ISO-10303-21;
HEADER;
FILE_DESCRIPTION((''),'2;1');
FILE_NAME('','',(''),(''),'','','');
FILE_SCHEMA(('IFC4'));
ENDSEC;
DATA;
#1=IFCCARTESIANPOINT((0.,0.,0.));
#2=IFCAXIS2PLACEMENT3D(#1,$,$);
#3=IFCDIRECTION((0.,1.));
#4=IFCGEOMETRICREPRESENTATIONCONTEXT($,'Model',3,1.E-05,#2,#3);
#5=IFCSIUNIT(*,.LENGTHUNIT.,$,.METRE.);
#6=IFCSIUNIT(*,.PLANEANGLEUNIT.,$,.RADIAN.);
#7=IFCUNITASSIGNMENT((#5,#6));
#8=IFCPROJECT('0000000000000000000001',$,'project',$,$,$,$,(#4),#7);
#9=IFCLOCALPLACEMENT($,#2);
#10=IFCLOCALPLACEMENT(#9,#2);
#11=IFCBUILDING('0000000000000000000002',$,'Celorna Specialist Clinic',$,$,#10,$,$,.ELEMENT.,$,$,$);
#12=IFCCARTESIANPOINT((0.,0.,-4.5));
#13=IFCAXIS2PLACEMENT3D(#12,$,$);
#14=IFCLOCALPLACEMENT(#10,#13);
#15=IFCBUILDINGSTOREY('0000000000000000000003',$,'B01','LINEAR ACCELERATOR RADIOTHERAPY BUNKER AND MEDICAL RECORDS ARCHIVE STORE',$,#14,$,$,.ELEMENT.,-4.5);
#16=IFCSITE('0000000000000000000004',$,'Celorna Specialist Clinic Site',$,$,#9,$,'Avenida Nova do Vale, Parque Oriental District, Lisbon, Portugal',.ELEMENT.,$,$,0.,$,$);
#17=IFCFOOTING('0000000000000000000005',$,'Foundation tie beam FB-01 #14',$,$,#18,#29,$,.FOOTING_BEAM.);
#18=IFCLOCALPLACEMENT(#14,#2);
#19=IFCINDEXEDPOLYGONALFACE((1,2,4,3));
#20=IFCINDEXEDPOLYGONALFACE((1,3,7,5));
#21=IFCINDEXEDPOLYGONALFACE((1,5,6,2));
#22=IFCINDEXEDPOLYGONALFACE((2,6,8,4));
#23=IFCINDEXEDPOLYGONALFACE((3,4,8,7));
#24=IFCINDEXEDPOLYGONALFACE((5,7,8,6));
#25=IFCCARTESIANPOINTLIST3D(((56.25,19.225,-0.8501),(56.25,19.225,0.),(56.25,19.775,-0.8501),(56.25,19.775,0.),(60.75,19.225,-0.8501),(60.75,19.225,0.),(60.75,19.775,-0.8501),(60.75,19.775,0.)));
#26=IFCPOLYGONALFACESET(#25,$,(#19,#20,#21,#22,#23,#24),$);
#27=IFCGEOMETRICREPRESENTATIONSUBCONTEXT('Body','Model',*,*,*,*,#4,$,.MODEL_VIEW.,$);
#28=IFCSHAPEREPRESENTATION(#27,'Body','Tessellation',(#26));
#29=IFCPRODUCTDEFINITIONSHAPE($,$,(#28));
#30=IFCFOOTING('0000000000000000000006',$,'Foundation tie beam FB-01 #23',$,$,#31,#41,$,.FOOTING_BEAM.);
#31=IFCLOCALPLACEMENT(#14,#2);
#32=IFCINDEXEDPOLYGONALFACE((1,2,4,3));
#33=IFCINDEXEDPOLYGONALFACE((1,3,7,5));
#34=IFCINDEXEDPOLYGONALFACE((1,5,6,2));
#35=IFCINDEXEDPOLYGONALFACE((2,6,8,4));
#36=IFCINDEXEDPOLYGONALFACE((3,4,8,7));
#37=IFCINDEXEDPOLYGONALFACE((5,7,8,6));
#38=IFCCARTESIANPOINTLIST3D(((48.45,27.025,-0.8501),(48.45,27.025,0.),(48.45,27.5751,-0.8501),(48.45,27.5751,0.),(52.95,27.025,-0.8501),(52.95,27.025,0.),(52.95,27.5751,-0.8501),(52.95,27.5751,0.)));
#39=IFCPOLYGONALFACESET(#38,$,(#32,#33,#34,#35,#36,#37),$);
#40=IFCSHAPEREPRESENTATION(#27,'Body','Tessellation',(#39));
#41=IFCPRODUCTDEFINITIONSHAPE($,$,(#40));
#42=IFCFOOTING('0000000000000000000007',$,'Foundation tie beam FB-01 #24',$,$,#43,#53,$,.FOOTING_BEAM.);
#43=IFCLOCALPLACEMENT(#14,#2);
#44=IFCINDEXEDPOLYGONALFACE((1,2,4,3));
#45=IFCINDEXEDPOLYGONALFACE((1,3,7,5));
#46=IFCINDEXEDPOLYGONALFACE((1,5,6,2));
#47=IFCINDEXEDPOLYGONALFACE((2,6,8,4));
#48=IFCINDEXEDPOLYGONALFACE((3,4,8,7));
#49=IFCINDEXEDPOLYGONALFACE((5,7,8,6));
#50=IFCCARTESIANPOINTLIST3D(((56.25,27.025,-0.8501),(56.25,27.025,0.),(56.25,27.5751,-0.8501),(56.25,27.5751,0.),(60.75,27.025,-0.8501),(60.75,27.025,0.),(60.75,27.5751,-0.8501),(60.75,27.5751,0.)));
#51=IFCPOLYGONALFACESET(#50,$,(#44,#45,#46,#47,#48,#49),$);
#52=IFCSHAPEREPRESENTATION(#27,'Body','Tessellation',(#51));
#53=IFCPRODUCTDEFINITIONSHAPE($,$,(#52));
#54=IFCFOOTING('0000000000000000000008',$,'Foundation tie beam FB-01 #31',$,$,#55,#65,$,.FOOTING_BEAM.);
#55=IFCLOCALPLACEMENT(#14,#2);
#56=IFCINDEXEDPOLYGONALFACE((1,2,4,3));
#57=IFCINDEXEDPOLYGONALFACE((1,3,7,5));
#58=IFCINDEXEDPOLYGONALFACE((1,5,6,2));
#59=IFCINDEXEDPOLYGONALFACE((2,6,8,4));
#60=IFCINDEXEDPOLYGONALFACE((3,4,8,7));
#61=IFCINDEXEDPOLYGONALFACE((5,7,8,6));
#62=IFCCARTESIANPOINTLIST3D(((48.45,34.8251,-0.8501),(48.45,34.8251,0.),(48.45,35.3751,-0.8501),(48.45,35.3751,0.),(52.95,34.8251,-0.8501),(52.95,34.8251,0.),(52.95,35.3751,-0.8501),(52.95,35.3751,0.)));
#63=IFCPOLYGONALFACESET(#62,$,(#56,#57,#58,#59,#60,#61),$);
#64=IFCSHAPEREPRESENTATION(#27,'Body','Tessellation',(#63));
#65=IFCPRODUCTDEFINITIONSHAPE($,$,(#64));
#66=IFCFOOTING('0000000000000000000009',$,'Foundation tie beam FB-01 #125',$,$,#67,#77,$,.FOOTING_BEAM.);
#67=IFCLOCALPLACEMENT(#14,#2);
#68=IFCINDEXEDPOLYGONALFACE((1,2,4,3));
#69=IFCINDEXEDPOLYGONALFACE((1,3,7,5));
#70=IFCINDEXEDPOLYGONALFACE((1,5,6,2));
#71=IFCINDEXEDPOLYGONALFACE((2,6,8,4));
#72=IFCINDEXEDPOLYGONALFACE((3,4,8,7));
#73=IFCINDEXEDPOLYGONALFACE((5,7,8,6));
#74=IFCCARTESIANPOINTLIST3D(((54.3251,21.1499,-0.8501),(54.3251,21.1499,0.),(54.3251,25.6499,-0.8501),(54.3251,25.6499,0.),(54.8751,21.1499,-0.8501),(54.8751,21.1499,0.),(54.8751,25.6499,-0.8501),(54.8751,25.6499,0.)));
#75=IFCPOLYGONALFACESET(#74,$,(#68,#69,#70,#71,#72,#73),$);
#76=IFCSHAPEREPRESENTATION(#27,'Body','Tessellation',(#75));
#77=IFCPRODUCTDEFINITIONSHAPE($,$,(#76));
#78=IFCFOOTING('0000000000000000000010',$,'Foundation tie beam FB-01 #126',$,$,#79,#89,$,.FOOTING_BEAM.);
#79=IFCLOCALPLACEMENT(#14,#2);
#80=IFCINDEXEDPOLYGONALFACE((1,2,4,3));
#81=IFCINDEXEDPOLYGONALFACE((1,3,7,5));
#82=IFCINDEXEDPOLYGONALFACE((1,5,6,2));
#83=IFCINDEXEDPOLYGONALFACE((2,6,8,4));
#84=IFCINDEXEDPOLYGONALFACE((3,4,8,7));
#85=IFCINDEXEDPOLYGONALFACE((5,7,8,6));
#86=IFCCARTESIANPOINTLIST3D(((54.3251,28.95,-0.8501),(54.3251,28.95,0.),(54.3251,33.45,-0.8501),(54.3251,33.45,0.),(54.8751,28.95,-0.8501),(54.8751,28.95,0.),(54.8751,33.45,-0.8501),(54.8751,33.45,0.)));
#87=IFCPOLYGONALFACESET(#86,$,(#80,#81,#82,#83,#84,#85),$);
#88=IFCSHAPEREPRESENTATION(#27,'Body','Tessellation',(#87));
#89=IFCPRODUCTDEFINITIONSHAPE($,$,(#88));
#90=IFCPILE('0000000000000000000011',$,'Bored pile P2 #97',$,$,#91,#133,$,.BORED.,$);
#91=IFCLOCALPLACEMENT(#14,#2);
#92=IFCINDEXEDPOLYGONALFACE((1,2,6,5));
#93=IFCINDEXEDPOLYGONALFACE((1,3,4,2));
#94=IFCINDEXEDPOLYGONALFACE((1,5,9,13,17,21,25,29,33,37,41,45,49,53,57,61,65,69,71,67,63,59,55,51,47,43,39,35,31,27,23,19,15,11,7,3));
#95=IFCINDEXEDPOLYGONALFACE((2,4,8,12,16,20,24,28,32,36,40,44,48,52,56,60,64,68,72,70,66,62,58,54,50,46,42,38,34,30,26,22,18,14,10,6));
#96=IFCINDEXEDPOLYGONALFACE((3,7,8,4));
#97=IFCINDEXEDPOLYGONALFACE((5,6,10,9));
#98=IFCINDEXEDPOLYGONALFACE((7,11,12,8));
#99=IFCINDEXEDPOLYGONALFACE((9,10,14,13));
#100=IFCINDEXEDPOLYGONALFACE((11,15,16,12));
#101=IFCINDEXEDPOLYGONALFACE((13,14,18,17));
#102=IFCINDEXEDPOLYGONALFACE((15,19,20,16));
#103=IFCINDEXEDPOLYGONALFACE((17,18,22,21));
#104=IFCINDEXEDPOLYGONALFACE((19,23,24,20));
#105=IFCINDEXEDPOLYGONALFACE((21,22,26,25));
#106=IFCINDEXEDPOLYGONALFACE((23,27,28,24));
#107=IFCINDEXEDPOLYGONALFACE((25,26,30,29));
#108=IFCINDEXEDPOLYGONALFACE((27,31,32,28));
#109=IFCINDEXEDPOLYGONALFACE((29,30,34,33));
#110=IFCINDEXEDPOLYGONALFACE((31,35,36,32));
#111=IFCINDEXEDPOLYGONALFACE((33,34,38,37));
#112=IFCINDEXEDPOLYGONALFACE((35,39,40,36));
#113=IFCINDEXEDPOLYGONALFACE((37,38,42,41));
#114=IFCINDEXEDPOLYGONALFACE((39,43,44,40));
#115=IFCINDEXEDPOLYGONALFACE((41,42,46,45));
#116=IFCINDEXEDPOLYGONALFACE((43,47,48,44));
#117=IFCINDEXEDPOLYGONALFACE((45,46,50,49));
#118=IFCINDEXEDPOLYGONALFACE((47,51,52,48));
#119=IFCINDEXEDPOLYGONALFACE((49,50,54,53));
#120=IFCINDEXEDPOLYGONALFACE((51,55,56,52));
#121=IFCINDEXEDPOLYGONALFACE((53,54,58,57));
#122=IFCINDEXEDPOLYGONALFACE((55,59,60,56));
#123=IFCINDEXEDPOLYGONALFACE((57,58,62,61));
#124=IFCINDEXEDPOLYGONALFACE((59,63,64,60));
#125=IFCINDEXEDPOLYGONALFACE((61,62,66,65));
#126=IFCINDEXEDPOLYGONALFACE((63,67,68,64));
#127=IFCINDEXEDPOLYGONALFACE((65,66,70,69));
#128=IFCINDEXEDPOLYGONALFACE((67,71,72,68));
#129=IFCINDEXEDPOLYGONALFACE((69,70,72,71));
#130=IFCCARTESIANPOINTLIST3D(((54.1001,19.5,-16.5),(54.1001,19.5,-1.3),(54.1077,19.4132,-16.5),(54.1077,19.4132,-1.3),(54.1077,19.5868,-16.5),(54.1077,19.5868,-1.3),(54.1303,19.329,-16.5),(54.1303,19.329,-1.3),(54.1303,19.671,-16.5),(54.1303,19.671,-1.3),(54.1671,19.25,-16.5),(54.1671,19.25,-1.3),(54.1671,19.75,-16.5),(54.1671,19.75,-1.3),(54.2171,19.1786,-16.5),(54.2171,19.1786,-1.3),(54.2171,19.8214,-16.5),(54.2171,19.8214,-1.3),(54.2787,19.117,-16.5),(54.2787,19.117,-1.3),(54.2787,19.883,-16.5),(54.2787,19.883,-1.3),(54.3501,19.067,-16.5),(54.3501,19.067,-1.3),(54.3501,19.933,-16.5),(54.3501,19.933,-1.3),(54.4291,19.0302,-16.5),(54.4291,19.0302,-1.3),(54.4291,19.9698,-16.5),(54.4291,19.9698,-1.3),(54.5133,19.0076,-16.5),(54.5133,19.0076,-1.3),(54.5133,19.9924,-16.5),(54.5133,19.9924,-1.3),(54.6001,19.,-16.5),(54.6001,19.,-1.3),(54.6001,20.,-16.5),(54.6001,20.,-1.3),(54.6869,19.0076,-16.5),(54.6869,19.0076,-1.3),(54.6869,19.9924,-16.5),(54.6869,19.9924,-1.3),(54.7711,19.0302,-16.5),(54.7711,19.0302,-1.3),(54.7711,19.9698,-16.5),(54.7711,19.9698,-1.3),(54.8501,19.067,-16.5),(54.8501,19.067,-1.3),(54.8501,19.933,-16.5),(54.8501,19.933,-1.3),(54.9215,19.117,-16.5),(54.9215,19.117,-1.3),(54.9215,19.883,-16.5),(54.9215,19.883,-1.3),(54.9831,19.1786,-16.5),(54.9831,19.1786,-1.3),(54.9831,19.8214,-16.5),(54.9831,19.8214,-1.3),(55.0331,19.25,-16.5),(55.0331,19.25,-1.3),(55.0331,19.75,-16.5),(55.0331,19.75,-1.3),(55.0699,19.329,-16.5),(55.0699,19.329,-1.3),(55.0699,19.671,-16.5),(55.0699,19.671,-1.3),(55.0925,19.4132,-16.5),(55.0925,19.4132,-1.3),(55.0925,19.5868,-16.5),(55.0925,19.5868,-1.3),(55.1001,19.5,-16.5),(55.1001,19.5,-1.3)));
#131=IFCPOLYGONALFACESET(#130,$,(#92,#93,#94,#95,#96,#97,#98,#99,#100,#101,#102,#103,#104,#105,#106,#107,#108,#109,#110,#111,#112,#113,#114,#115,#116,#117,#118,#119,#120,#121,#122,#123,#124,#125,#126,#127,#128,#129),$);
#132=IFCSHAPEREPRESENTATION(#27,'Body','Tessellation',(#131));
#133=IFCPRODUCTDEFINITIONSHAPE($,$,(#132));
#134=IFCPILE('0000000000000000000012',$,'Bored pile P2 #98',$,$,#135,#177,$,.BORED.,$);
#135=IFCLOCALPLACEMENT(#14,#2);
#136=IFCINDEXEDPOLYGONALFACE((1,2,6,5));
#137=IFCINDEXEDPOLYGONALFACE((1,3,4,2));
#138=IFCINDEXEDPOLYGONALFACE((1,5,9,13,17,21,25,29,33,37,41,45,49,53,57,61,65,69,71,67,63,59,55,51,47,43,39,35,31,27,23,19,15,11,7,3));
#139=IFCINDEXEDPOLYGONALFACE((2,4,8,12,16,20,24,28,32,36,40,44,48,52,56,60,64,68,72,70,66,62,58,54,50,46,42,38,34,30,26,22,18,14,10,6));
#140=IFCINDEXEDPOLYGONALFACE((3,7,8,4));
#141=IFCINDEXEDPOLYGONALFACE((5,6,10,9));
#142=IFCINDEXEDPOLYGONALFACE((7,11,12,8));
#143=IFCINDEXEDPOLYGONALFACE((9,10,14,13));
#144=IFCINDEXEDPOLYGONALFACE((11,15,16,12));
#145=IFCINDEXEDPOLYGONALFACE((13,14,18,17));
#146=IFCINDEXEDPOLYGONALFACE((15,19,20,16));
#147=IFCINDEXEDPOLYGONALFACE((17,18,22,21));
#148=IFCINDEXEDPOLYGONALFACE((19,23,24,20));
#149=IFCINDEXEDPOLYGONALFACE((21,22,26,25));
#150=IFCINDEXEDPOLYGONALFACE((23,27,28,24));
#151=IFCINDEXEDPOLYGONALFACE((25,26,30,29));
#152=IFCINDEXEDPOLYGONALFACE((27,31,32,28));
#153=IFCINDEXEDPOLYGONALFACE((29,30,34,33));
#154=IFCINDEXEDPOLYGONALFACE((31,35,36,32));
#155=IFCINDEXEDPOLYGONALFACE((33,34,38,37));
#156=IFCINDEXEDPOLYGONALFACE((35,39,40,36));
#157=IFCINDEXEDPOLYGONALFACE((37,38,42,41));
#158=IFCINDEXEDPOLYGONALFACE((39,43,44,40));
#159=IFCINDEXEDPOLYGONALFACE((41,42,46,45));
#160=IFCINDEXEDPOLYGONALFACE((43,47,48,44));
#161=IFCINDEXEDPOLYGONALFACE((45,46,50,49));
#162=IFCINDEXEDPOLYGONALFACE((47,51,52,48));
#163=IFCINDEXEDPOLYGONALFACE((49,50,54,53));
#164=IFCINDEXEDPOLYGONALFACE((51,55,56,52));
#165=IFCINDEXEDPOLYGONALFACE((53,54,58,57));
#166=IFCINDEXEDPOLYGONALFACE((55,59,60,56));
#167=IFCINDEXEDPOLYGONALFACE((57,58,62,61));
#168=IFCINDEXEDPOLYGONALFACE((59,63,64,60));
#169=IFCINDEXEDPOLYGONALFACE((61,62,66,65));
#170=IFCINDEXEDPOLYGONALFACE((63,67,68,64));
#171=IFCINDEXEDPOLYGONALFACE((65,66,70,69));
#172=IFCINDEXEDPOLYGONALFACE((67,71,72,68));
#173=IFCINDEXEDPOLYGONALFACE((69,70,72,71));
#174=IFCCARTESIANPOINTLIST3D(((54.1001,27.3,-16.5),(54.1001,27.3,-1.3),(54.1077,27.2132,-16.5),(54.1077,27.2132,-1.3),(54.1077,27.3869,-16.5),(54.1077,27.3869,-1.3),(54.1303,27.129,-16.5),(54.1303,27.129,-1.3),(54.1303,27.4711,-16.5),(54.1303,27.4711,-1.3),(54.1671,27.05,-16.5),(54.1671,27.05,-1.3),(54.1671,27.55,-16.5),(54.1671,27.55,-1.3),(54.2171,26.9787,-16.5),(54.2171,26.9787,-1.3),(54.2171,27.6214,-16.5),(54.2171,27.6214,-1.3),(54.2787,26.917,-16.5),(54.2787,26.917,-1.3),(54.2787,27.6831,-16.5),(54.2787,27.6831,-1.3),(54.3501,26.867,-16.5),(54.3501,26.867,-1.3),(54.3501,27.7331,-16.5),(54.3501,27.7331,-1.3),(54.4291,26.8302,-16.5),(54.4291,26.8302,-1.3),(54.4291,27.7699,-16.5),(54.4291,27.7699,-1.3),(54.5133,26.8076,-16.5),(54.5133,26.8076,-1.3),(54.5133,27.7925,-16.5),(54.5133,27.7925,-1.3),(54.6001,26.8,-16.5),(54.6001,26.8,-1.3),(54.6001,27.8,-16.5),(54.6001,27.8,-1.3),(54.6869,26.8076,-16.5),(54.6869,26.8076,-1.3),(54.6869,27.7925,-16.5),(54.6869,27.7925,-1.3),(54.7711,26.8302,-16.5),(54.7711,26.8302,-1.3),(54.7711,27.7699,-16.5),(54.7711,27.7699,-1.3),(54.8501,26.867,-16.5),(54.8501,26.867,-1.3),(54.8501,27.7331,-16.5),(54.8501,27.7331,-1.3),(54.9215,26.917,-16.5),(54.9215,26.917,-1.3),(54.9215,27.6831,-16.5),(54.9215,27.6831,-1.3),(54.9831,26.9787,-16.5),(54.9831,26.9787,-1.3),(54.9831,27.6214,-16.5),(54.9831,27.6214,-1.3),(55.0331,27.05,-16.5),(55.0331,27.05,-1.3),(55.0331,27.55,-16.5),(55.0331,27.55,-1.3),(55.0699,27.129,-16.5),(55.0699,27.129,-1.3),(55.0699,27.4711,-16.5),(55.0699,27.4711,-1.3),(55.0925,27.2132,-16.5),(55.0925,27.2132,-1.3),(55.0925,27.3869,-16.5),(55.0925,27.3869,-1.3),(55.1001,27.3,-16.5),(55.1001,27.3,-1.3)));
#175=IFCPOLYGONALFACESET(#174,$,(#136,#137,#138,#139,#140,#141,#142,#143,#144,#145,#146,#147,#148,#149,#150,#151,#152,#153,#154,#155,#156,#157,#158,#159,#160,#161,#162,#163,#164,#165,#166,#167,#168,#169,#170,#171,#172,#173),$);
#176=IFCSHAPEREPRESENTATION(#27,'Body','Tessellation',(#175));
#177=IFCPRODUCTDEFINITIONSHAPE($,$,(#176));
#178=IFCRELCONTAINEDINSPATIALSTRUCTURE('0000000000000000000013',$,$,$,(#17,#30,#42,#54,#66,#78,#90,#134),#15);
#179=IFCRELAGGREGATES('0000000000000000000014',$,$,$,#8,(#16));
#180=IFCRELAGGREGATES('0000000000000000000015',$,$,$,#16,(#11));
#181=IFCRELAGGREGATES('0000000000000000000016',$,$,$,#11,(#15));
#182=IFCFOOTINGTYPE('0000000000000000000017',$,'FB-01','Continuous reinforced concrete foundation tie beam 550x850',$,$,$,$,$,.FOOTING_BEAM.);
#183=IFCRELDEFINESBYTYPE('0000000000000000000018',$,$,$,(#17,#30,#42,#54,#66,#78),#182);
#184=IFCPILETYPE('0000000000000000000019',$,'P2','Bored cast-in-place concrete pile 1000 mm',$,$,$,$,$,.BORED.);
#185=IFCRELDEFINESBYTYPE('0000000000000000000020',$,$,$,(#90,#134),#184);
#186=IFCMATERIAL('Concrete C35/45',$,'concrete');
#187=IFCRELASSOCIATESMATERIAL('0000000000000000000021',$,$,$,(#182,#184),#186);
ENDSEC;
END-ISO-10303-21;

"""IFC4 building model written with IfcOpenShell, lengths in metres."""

from ifc_helpers import new_model, si_unit, direction, frame, origin, origin_2d, place, context, subcontext, project, spatial, rectangle, circle, extrude, material, material_profile, profile_set, type_object, element, save


model = new_model("IFC4")

# Units and contexts
model_context = context("Model", 3, precision=1e-05, world=origin(), true_north=direction((0.0, 1.0)))
body_context = subcontext(model_context, "Body", "Model", "MODEL_VIEW")
ifc_project = project(units=[si_unit("LENGTHUNIT", "METRE"), si_unit("PLANEANGLEUNIT", "RADIAN")], contexts=[model_context])

# Site, building, storey
site_placement = place(None, origin())
site = spatial("IfcSite", under=ifc_project, at=site_placement, Name="Celorna Specialist Clinic Site", LongName="Avenida Nova do Vale, Parque Oriental District, Lisbon, Portugal", CompositionType="ELEMENT", RefElevation=0.0)
building_placement = place(site_placement, origin())
building = spatial("IfcBuilding", under=site, at=building_placement, Name="Celorna Specialist Clinic", CompositionType="ELEMENT")
storey_placement = place(building_placement, frame((0.0, 0.0, -4.5)))
storey = spatial("IfcBuildingStorey", under=building, at=storey_placement, Name="B01", Description="LINEAR ACCELERATOR RADIOTHERAPY BUNKER AND MEDICAL RECORDS ARCHIVE STORE", CompositionType="ELEMENT", Elevation=-4.5)

# Footings
ifc_material_1 = material(Name="Concrete C35/45", Category="concrete")
footing_type_1 = type_object("IfcFootingType", Name="FB-01", Description="Continuous reinforced concrete foundation tie beam 550x850", PredefinedType="FOOTING_BEAM", material=ifc_material_1)
for number, where, z_axis, x_axis, name in (
    (1, (58.5, 19.5, -0.8501), (0.0, 0.0, 1.0), (1.0, 0.0, 0.0), "Foundation tie beam FB-01 #14"),
    (2, (50.7, 27.3, -0.8501), (0.0, 0.0, 1.0), (1.0, 0.0, 0.0), "Foundation tie beam FB-01 #23"),
    (3, (58.5, 27.3, -0.8501), (0.0, 0.0, 1.0), (1.0, 0.0, 0.0), "Foundation tie beam FB-01 #24"),
    (4, (50.7, 35.1001, -0.8501), (0.0, 0.0, 1.0), (1.0, 0.0, 0.0), "Foundation tie beam FB-01 #31"),
    (5, (54.6001, 23.3999, -0.8501), (0.0, 0.0, 1.0), (0.0, 1.0, 0.0), "Foundation tie beam FB-01 #125"),
    (6, (54.6001, 31.2, -0.8501), (0.0, 0.0, 1.0), (0.0, 1.0, 0.0), "Foundation tie beam FB-01 #126"),
):
    element("IfcFooting", number, at=place(storey_placement, frame(where, z_axis=z_axis, x_axis=x_axis)), inside=storey, type_object=footing_type_1, Name=name, PredefinedType="FOOTING_BEAM", context=body_context, shape_type="SweptSolid", body=[
        extrude(rectangle(XDim=4.5, YDim=0.55, at=origin_2d()), origin(), (0.0, 0.0, 1.0), 0.8501),
    ])

# Piles
ifc_material_profile_1 = material_profile(ifc_material_1, circle(Radius=0.5, at=origin_2d()), Name="BORED PILE 1000")
ifc_profile_set_1 = profile_set([ifc_material_profile_1], Name="Concrete C35/45")
pile_type_1 = type_object("IfcPileType", Name="P2", Description="Bored cast-in-place concrete pile 1000 mm", PredefinedType="BORED", material=ifc_profile_set_1)
for number, where, z_axis, x_axis, name in (
    (7, (54.6001, 19.5, -1.3), (0.0, 0.0, -1.0), (1.0, 0.0, 0.0), "Bored pile P2 #97"),
    (8, (54.6001, 27.3, -1.3), (0.0, 0.0, -1.0), (1.0, 0.0, 0.0), "Bored pile P2 #98"),
):
    element("IfcPile", number, at=place(storey_placement, frame(where, z_axis=z_axis, x_axis=x_axis)), inside=storey, type_object=pile_type_1, Name=name, PredefinedType="BORED", context=body_context, shape_type="SweptSolid", body=[
        extrude(circle(Radius=0.5, at=origin_2d()), origin(), (0.0, 0.0, 1.0), 15.2),
    ])

save(model, "model.ifc")
